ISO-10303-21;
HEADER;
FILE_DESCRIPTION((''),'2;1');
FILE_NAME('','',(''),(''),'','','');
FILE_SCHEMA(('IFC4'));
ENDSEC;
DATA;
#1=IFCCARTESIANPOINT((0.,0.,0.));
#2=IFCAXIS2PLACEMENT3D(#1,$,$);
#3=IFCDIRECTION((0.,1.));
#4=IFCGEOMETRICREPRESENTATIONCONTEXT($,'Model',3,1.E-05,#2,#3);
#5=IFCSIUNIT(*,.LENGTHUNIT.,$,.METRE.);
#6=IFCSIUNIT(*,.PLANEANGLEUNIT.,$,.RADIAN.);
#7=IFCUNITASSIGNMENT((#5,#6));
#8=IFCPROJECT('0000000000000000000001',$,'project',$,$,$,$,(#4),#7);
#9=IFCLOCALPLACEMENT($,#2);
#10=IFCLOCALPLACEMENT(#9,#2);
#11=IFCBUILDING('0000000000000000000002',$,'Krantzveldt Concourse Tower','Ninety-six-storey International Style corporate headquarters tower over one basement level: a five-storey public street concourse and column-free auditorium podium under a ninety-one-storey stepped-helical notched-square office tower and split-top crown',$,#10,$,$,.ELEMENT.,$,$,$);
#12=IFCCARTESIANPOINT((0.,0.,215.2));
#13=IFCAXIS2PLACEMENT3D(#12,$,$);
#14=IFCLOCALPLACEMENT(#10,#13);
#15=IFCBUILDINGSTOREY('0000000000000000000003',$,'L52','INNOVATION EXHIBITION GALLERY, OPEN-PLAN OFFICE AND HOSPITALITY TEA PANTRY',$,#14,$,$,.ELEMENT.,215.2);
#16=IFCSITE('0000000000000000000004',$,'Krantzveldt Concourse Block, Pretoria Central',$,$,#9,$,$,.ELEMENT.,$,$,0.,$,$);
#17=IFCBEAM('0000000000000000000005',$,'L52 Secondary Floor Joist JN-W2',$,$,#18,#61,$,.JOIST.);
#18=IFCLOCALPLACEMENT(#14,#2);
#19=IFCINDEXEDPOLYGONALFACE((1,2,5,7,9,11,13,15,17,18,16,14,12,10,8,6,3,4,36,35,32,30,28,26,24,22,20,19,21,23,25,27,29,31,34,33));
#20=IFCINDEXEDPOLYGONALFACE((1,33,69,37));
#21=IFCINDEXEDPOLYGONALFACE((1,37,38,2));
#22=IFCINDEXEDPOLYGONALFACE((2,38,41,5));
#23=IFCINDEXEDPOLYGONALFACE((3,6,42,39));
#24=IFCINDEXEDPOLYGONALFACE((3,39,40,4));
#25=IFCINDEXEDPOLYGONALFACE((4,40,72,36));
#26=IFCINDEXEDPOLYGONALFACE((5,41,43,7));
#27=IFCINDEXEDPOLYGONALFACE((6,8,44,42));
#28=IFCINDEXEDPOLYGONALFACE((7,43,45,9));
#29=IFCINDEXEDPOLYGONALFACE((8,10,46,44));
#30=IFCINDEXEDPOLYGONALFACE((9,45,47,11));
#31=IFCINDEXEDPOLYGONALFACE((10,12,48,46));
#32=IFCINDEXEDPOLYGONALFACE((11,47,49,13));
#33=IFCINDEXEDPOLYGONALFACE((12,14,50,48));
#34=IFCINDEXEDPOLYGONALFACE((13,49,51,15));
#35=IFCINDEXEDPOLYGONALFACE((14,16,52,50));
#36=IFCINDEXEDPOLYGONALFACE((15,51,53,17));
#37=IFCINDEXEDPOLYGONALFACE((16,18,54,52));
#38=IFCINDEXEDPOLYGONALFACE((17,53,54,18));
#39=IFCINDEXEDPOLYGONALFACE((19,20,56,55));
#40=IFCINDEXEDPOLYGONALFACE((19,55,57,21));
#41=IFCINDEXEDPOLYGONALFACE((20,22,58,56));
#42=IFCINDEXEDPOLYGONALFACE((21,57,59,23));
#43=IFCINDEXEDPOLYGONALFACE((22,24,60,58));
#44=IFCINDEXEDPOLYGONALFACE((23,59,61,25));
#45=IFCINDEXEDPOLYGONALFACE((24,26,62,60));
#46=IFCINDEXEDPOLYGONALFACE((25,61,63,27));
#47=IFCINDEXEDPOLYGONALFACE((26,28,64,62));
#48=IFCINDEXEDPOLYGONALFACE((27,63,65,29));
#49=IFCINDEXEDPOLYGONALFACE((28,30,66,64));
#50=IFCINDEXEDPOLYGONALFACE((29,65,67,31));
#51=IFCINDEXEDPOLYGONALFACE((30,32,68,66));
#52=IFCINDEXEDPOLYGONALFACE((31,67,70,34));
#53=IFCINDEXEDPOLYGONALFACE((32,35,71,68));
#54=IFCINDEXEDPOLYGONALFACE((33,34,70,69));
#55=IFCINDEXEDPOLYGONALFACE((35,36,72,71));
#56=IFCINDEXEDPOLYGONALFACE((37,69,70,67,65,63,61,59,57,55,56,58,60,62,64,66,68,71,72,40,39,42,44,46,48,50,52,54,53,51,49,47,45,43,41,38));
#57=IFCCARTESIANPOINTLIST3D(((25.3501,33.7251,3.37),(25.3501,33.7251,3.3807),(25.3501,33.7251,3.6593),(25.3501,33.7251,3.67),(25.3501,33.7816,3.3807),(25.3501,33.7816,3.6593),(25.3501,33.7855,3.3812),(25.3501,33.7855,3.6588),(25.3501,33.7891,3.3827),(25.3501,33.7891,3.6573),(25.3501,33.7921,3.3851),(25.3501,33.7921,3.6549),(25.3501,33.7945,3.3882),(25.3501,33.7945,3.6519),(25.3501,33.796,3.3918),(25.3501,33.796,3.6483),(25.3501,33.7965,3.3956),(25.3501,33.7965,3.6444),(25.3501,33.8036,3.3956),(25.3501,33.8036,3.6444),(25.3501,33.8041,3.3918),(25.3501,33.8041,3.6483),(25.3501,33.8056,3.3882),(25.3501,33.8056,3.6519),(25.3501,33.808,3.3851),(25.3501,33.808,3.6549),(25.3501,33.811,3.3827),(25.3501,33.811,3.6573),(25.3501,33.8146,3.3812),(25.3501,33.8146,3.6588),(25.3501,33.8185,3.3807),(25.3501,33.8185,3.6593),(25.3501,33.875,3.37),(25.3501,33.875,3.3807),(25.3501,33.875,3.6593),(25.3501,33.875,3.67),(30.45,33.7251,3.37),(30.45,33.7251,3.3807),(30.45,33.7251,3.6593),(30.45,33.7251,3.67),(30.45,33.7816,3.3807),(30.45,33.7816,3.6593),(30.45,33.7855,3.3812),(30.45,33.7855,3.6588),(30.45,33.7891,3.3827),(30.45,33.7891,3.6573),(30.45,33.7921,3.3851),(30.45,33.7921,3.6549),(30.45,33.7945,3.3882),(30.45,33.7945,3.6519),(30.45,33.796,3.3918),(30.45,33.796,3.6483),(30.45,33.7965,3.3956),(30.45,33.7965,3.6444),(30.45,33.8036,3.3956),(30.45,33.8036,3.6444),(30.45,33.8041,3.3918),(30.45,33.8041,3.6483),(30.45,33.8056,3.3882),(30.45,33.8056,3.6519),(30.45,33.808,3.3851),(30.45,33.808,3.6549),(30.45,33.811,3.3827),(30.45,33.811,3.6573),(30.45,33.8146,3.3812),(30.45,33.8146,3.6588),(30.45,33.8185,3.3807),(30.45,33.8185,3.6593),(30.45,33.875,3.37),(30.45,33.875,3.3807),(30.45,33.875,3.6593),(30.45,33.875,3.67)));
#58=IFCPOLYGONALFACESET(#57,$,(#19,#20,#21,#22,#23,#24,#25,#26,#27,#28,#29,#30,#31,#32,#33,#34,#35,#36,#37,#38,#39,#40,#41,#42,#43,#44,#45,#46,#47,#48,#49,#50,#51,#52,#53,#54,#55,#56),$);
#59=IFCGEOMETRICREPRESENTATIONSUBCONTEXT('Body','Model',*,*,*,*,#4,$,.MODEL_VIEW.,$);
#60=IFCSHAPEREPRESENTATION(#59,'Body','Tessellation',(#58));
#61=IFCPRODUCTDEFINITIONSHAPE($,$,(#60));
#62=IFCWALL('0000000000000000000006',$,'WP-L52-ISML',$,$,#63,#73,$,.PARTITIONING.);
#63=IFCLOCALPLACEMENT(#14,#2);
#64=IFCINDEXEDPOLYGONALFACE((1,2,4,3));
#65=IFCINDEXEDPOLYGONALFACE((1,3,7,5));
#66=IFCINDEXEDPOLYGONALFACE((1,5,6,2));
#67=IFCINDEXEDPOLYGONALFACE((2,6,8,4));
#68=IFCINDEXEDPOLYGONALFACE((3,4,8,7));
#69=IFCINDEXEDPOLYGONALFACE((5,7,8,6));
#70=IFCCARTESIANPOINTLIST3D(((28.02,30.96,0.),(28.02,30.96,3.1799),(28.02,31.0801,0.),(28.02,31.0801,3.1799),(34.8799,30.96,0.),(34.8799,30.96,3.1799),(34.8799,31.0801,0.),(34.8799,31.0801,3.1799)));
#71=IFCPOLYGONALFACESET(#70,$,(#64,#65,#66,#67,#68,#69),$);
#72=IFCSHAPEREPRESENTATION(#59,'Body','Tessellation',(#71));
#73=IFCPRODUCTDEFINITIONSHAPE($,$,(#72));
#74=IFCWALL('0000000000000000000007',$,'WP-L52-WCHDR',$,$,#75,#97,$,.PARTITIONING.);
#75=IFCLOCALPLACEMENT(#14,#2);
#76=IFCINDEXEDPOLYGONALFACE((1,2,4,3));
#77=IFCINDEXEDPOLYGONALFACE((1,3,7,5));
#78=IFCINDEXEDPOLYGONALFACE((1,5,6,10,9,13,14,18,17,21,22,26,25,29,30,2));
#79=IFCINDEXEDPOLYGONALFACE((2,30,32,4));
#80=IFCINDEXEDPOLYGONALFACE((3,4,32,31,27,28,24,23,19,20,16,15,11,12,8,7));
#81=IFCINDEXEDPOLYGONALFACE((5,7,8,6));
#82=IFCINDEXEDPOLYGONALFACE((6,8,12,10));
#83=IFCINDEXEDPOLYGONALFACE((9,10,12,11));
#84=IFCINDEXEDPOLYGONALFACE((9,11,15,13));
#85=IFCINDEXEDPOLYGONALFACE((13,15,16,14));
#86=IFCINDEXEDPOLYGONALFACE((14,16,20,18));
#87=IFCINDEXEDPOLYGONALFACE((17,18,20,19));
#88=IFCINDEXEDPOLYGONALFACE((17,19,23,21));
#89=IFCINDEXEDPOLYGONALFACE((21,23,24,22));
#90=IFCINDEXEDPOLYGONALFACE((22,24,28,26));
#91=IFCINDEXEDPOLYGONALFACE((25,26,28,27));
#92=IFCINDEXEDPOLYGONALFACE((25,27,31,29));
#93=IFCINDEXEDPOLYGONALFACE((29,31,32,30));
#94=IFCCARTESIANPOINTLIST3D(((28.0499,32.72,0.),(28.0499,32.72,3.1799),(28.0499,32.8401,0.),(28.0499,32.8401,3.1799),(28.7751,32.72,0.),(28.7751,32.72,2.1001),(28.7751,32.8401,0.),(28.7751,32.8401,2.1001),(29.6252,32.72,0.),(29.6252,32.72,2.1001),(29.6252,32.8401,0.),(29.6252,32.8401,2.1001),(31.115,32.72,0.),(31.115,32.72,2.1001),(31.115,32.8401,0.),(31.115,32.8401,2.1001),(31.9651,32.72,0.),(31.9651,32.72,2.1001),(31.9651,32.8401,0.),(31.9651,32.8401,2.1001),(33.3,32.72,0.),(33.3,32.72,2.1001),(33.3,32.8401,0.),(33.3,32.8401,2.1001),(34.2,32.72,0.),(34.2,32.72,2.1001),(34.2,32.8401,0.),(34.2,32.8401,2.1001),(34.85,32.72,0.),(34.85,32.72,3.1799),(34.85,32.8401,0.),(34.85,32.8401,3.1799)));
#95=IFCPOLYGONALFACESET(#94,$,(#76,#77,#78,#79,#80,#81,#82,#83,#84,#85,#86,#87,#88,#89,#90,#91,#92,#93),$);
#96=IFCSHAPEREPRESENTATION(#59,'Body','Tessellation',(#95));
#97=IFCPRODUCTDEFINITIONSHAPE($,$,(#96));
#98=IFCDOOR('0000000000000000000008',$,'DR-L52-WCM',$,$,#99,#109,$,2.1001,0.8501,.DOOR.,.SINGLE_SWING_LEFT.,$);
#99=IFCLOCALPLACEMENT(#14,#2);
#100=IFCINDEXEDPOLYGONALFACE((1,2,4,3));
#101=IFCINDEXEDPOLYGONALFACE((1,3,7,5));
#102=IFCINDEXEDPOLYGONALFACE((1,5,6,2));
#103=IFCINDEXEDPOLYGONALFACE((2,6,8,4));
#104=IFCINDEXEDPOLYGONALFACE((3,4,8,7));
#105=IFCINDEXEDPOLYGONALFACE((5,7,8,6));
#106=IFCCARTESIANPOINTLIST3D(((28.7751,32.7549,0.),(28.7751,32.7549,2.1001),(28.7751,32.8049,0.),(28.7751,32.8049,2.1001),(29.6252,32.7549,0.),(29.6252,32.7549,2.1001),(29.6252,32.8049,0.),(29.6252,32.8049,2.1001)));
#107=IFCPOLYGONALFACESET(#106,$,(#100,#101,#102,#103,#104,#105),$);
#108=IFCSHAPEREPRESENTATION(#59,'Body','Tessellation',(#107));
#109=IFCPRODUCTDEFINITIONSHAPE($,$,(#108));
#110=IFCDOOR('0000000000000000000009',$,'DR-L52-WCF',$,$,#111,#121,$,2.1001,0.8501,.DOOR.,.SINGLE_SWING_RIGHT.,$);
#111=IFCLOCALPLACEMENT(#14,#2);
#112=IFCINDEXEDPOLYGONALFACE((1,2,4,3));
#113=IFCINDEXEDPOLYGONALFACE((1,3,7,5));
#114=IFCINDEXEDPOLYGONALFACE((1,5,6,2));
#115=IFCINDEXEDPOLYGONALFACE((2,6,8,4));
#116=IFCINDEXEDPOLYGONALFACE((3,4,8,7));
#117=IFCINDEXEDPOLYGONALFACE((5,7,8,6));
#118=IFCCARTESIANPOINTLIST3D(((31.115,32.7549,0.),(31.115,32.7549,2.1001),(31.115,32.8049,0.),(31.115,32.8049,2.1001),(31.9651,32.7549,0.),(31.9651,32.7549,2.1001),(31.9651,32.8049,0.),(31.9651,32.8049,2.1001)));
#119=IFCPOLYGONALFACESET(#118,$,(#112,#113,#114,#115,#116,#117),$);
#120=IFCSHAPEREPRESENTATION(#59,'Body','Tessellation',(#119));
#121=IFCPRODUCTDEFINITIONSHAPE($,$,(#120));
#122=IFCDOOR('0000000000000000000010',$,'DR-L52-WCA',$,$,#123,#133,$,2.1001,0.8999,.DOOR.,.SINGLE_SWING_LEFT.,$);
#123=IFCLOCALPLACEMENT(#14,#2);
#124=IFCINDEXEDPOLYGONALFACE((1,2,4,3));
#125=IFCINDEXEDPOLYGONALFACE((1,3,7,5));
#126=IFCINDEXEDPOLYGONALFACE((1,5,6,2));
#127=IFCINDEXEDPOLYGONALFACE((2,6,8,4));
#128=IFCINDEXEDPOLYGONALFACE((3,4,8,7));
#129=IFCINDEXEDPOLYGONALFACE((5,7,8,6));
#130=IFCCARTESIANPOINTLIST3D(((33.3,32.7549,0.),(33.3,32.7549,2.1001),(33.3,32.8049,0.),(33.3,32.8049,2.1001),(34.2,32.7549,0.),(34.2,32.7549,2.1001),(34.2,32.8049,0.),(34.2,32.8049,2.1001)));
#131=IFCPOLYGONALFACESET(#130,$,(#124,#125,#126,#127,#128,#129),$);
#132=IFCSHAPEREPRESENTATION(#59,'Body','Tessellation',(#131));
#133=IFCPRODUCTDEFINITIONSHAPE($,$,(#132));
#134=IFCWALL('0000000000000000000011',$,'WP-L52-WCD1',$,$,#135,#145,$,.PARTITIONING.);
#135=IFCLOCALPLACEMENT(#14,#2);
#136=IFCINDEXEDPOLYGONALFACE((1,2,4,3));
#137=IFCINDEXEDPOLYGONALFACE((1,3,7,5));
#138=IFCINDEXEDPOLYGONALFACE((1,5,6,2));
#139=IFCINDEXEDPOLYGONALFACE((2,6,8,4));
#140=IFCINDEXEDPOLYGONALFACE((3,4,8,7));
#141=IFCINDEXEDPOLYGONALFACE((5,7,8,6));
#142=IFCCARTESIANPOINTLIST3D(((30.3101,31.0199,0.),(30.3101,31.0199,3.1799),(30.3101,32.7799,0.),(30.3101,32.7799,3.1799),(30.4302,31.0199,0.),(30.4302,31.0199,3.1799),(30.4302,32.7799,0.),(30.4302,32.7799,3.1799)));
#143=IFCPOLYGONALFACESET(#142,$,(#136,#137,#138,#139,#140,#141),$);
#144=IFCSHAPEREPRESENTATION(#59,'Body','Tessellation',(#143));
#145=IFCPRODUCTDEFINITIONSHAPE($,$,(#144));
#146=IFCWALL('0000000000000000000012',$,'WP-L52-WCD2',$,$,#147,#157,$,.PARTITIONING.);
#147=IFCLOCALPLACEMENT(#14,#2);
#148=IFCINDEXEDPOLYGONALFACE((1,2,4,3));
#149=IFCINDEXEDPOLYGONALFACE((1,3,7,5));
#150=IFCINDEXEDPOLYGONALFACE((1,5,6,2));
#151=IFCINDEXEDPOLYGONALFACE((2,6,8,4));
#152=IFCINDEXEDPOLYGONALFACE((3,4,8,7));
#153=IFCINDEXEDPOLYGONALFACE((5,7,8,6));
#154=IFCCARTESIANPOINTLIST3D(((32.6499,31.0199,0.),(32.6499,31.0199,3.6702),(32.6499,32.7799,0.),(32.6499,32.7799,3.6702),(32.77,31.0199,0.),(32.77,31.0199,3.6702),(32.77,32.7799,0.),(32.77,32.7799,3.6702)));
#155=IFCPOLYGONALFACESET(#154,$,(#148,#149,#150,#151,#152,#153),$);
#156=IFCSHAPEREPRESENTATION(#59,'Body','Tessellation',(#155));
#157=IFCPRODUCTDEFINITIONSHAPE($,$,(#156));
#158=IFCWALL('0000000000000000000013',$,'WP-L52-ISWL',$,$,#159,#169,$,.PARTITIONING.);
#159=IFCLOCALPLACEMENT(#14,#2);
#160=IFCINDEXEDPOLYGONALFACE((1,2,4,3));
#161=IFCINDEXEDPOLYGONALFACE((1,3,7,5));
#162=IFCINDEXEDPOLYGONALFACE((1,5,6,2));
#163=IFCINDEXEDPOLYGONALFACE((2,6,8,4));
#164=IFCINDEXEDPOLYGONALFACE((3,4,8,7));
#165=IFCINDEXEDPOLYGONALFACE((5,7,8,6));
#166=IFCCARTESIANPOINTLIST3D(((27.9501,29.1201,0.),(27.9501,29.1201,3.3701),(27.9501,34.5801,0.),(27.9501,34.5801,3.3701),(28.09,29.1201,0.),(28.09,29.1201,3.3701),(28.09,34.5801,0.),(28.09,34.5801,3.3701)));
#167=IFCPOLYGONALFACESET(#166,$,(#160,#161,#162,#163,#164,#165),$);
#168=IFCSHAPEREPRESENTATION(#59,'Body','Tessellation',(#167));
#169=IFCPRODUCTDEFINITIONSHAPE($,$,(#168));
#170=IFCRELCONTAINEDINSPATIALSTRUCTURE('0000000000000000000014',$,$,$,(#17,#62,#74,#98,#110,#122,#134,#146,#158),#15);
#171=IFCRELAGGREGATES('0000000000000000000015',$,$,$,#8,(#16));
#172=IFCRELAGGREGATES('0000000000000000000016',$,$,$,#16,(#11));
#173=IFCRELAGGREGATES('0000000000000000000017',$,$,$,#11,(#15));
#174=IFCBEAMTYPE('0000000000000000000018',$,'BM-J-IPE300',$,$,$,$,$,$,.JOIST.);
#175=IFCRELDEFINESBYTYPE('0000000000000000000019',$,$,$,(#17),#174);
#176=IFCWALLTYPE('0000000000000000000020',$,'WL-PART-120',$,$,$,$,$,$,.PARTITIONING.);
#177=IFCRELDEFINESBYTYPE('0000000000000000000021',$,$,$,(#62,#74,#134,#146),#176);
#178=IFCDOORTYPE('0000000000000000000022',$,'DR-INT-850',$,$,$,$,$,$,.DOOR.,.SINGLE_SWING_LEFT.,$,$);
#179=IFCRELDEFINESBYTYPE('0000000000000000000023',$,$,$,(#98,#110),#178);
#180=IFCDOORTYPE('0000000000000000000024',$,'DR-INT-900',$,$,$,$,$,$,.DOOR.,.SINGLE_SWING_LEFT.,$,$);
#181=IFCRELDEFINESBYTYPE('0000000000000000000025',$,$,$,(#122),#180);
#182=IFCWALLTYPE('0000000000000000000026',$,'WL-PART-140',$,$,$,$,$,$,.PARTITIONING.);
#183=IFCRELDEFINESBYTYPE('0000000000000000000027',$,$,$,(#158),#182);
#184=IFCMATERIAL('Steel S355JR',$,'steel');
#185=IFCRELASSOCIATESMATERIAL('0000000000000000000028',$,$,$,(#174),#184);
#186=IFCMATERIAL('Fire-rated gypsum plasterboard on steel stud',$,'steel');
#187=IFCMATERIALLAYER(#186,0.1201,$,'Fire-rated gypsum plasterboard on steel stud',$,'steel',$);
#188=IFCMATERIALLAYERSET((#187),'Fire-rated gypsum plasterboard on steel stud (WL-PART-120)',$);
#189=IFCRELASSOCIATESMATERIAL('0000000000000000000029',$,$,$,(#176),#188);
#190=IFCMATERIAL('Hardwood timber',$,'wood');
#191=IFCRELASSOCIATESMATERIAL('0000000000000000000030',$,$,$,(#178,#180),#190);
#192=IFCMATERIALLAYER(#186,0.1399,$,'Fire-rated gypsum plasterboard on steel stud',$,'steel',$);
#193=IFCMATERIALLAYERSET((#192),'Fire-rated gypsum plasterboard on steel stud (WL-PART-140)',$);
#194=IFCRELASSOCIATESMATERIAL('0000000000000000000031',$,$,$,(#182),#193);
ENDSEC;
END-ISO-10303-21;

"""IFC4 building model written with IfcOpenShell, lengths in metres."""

from ifc_helpers import new_model, si_unit, direction, frame, frame_2d, origin, origin_2d, place, context, subcontext, project, spatial, rectangle, i_section, extrude, source, transform, mapped, material, layer, layer_set, material_profile, profile_set, type_object, type_shapes, element, fill, save


model = new_model("IFC4")

# Units and contexts
model_context = context("Model", 3, precision=1e-05, world=origin(), true_north=direction((0.0, 1.0)))
body_context = subcontext(model_context, "Body", "Model", "MODEL_VIEW")
ifc_project = project(units=[si_unit("LENGTHUNIT", "METRE"), si_unit("PLANEANGLEUNIT", "RADIAN")], contexts=[model_context])

# Site, building, storey
site_placement = place(None, origin())
site = spatial("IfcSite", under=ifc_project, at=site_placement, Name="Krantzveldt Concourse Block, Pretoria Central", CompositionType="ELEMENT", RefElevation=0.0)
building_placement = place(site_placement, origin())
building = spatial("IfcBuilding", under=site, at=building_placement, Name="Krantzveldt Concourse Tower", Description="Ninety-six-storey International Style corporate headquarters tower over one basement level: a five-storey public street concourse and column-free auditorium podium under a ninety-one-storey stepped-helical notched-square office tower and split-top crown", CompositionType="ELEMENT")
storey_placement = place(building_placement, frame((0.0, 0.0, 215.2)))
storey = spatial("IfcBuildingStorey", under=building, at=storey_placement, Name="L52", Description="INNOVATION EXHIBITION GALLERY, OPEN-PLAN OFFICE AND HOSPITALITY TEA PANTRY", CompositionType="ELEMENT", Elevation=215.2)

# Beam
ifc_material_1 = material(Name="Steel S355JR", Category="steel")
ifc_material_profile_1 = material_profile(ifc_material_1, i_section(OverallWidth=0.1499, OverallDepth=0.3, WebThickness=0.0071, FlangeThickness=0.0107, FilletRadius=0.0149, at=origin_2d()), Name="Steel S355JR", Category="steel")
ifc_profile_set_1 = profile_set([ifc_material_profile_1], Name="Steel S355JR - IPE 300")
beam_type_1 = type_object("IfcBeamType", Name="BM-J-IPE300", PredefinedType="JOIST", material=ifc_profile_set_1)
shared_shape_1 = source(origin(), body_context, "Body", "SweptSolid", [
    extrude(i_section(OverallWidth=0.1499, OverallDepth=0.3, WebThickness=0.0071, FlangeThickness=0.0107, FilletRadius=0.0149, at=origin_2d()), origin(), (0.0, 0.0, 1.0), 5.0999),
])
type_shapes(beam_type_1, [shared_shape_1])
beam_1_placement = place(storey_placement, frame((25.3501, 33.8, 3.52), z_axis=(1.0, 0.0, 0.0), x_axis=(0.0, 1.0, 0.0)))
element("IfcBeam", 1, at=beam_1_placement, inside=storey, type_object=beam_type_1, Name="L52 Secondary Floor Joist JN-W2", PredefinedType="JOIST", context=body_context, shape_type="MappedRepresentation", body=[
    mapped(shared_shape_1, transform((0.0, 0.0, 0.0), x_axis=(1.0, 0.0, 0.0), y_axis=(0.0, 1.0, 0.0), z_axis=(0.0, 0.0, 1.0), scale=1.0)),
])

# Wall
ifc_material_2 = material(Name="Fire-rated gypsum plasterboard on steel stud", Category="steel")
ifc_layer_1 = layer(ifc_material_2, 0.1201, Name="Fire-rated gypsum plasterboard on steel stud", Category="steel")
ifc_layer_set_1 = layer_set([ifc_layer_1], Name="Fire-rated gypsum plasterboard on steel stud (WL-PART-120)")
wall_type_1 = type_object("IfcWallType", Name="WL-PART-120", PredefinedType="PARTITIONING", material=ifc_layer_set_1)
wall_1_placement = place(storey_placement, frame((28.02, 31.02, 0.0), z_axis=(0.0, 0.0, 1.0), x_axis=(1.0, 0.0, 0.0)))
element("IfcWall", 2, at=wall_1_placement, inside=storey, type_object=wall_type_1, Name="WP-L52-ISML", PredefinedType="PARTITIONING", context=body_context, shape_type="SweptSolid", body=[
    extrude(rectangle(XDim=6.8599, YDim=0.1201, at=frame_2d((3.4299, 0.0))), origin(), (0.0, 0.0, 1.0), 3.1799),
])

# Wall, openings, doors
wall_2_placement = place(storey_placement, frame((28.05, 32.78, 0.0), z_axis=(0.0, 0.0, 1.0), x_axis=(1.0, 0.0, 0.0)))
wall_2 = element("IfcWall", 3, at=wall_2_placement, inside=storey, type_object=wall_type_1, Name="WP-L52-WCHDR", PredefinedType="PARTITIONING", context=body_context, shape_type="SweptSolid", body=[
    extrude(rectangle(XDim=6.8, YDim=0.1201, at=frame_2d((3.3999, 0.0))), origin(), (0.0, 0.0, 1.0), 3.1799),
])
opening_1_placement = place(wall_2_placement, frame((0.7251, 0.0, 0.0)))
opening_1 = element("IfcOpeningElement", 4, at=opening_1_placement, cuts=wall_2, PredefinedType="OPENING", context=body_context, shape_type="SweptSolid", body=[
    extrude(rectangle(XDim=0.8501, YDim=2.1001, at=frame_2d((0.425, 1.05))), frame((0.0, 0.0701, 0.0), z_axis=(0.0, -1.0, 0.0), x_axis=(1.0, 0.0, 0.0)), (0.0, 0.0, 1.0), 0.1401),
])
opening_2_placement = place(wall_2_placement, frame((3.0649, 0.0, 0.0)))
opening_2 = element("IfcOpeningElement", 5, at=opening_2_placement, cuts=wall_2, PredefinedType="OPENING", context=body_context, shape_type="SweptSolid", body=[
    extrude(rectangle(XDim=0.8501, YDim=2.1001, at=frame_2d((0.425, 1.05))), frame((0.0, 0.0701, 0.0), z_axis=(0.0, -1.0, 0.0), x_axis=(1.0, 0.0, 0.0)), (0.0, 0.0, 1.0), 0.1401),
])
opening_3_placement = place(wall_2_placement, frame((5.25, 0.0, 0.0)))
opening_3 = element("IfcOpeningElement", 6, at=opening_3_placement, cuts=wall_2, PredefinedType="OPENING", context=body_context, shape_type="SweptSolid", body=[
    extrude(rectangle(XDim=0.8999, YDim=2.1001, at=frame_2d((0.45, 1.05))), frame((0.0, 0.0701, 0.0), z_axis=(0.0, -1.0, 0.0), x_axis=(1.0, 0.0, 0.0)), (0.0, 0.0, 1.0), 0.1401),
])
ifc_material_3 = material(Name="Hardwood timber", Category="wood")
door_type_1 = type_object("IfcDoorType", Name="DR-INT-850", OperationType="SINGLE_SWING_LEFT", PredefinedType="DOOR", material=ifc_material_3)
door_1_placement = place(opening_1_placement, origin())
door_1 = element("IfcDoor", 7, at=door_1_placement, inside=storey, type_object=door_type_1, Name="DR-L52-WCM", OperationType="SINGLE_SWING_LEFT", OverallHeight=2.1001, OverallWidth=0.8501, PredefinedType="DOOR", context=body_context, shape_type="SweptSolid", body=[
    extrude(rectangle(XDim=0.8501, YDim=2.1001, at=frame_2d((0.425, 1.05))), frame((0.0, 0.0249, 0.0), z_axis=(0.0, -1.0, 0.0), x_axis=(1.0, 0.0, 0.0)), (0.0, 0.0, 1.0), 0.05),
])
fill(opening_1, door_1)
door_2_placement = place(opening_2_placement, origin())
door_2 = element("IfcDoor", 8, at=door_2_placement, inside=storey, type_object=door_type_1, Name="DR-L52-WCF", OperationType="SINGLE_SWING_RIGHT", OverallHeight=2.1001, OverallWidth=0.8501, PredefinedType="DOOR", context=body_context, shape_type="SweptSolid", body=[
    extrude(rectangle(XDim=0.8501, YDim=2.1001, at=frame_2d((0.425, 1.05))), frame((0.0, 0.0249, 0.0), z_axis=(0.0, -1.0, 0.0), x_axis=(1.0, 0.0, 0.0)), (0.0, 0.0, 1.0), 0.05),
])
fill(opening_2, door_2)
door_type_2 = type_object("IfcDoorType", Name="DR-INT-900", OperationType="SINGLE_SWING_LEFT", PredefinedType="DOOR", material=ifc_material_3)
door_3_placement = place(opening_3_placement, origin())
door_3 = element("IfcDoor", 9, at=door_3_placement, inside=storey, type_object=door_type_2, Name="DR-L52-WCA", OperationType="SINGLE_SWING_LEFT", OverallHeight=2.1001, OverallWidth=0.8999, PredefinedType="DOOR", context=body_context, shape_type="SweptSolid", body=[
    extrude(rectangle(XDim=0.8999, YDim=2.1001, at=frame_2d((0.45, 1.05))), frame((0.0, 0.0249, 0.0), z_axis=(0.0, -1.0, 0.0), x_axis=(1.0, 0.0, 0.0)), (0.0, 0.0, 1.0), 0.05),
])
fill(opening_3, door_3)

# Walls
wall_3_placement = place(storey_placement, frame((30.3701, 31.02, 0.0), z_axis=(0.0, 0.0, 1.0), x_axis=(0.0, 1.0, 0.0)))
element("IfcWall", 10, at=wall_3_placement, inside=storey, type_object=wall_type_1, Name="WP-L52-WCD1", PredefinedType="PARTITIONING", context=body_context, shape_type="SweptSolid", body=[
    extrude(rectangle(XDim=1.76, YDim=0.1201, at=frame_2d((0.8799, 0.0))), origin(), (0.0, 0.0, 1.0), 3.1799),
])
wall_4_placement = place(storey_placement, frame((32.71, 31.02, 0.0), z_axis=(0.0, 0.0, 1.0), x_axis=(0.0, 1.0, 0.0)))
element("IfcWall", 11, at=wall_4_placement, inside=storey, type_object=wall_type_1, Name="WP-L52-WCD2", PredefinedType="PARTITIONING", context=body_context, shape_type="SweptSolid", body=[
    extrude(rectangle(XDim=1.76, YDim=0.1201, at=frame_2d((0.8799, 0.0))), origin(), (0.0, 0.0, 1.0), 3.6702),
])
ifc_layer_2 = layer(ifc_material_2, 0.1399, Name="Fire-rated gypsum plasterboard on steel stud", Category="steel")
ifc_layer_set_2 = layer_set([ifc_layer_2], Name="Fire-rated gypsum plasterboard on steel stud (WL-PART-140)")
wall_type_2 = type_object("IfcWallType", Name="WL-PART-140", PredefinedType="PARTITIONING", material=ifc_layer_set_2)
wall_5_placement = place(storey_placement, frame((28.02, 29.1201, 0.0), z_axis=(0.0, 0.0, 1.0), x_axis=(0.0, 1.0, 0.0)))
element("IfcWall", 12, at=wall_5_placement, inside=storey, type_object=wall_type_2, Name="WP-L52-ISWL", PredefinedType="PARTITIONING", context=body_context, shape_type="SweptSolid", body=[
    extrude(rectangle(XDim=5.46, YDim=0.1399, at=frame_2d((2.73, 0.0))), origin(), (0.0, 0.0, 1.0), 3.3701),
])

save(model, "model.ifc")
